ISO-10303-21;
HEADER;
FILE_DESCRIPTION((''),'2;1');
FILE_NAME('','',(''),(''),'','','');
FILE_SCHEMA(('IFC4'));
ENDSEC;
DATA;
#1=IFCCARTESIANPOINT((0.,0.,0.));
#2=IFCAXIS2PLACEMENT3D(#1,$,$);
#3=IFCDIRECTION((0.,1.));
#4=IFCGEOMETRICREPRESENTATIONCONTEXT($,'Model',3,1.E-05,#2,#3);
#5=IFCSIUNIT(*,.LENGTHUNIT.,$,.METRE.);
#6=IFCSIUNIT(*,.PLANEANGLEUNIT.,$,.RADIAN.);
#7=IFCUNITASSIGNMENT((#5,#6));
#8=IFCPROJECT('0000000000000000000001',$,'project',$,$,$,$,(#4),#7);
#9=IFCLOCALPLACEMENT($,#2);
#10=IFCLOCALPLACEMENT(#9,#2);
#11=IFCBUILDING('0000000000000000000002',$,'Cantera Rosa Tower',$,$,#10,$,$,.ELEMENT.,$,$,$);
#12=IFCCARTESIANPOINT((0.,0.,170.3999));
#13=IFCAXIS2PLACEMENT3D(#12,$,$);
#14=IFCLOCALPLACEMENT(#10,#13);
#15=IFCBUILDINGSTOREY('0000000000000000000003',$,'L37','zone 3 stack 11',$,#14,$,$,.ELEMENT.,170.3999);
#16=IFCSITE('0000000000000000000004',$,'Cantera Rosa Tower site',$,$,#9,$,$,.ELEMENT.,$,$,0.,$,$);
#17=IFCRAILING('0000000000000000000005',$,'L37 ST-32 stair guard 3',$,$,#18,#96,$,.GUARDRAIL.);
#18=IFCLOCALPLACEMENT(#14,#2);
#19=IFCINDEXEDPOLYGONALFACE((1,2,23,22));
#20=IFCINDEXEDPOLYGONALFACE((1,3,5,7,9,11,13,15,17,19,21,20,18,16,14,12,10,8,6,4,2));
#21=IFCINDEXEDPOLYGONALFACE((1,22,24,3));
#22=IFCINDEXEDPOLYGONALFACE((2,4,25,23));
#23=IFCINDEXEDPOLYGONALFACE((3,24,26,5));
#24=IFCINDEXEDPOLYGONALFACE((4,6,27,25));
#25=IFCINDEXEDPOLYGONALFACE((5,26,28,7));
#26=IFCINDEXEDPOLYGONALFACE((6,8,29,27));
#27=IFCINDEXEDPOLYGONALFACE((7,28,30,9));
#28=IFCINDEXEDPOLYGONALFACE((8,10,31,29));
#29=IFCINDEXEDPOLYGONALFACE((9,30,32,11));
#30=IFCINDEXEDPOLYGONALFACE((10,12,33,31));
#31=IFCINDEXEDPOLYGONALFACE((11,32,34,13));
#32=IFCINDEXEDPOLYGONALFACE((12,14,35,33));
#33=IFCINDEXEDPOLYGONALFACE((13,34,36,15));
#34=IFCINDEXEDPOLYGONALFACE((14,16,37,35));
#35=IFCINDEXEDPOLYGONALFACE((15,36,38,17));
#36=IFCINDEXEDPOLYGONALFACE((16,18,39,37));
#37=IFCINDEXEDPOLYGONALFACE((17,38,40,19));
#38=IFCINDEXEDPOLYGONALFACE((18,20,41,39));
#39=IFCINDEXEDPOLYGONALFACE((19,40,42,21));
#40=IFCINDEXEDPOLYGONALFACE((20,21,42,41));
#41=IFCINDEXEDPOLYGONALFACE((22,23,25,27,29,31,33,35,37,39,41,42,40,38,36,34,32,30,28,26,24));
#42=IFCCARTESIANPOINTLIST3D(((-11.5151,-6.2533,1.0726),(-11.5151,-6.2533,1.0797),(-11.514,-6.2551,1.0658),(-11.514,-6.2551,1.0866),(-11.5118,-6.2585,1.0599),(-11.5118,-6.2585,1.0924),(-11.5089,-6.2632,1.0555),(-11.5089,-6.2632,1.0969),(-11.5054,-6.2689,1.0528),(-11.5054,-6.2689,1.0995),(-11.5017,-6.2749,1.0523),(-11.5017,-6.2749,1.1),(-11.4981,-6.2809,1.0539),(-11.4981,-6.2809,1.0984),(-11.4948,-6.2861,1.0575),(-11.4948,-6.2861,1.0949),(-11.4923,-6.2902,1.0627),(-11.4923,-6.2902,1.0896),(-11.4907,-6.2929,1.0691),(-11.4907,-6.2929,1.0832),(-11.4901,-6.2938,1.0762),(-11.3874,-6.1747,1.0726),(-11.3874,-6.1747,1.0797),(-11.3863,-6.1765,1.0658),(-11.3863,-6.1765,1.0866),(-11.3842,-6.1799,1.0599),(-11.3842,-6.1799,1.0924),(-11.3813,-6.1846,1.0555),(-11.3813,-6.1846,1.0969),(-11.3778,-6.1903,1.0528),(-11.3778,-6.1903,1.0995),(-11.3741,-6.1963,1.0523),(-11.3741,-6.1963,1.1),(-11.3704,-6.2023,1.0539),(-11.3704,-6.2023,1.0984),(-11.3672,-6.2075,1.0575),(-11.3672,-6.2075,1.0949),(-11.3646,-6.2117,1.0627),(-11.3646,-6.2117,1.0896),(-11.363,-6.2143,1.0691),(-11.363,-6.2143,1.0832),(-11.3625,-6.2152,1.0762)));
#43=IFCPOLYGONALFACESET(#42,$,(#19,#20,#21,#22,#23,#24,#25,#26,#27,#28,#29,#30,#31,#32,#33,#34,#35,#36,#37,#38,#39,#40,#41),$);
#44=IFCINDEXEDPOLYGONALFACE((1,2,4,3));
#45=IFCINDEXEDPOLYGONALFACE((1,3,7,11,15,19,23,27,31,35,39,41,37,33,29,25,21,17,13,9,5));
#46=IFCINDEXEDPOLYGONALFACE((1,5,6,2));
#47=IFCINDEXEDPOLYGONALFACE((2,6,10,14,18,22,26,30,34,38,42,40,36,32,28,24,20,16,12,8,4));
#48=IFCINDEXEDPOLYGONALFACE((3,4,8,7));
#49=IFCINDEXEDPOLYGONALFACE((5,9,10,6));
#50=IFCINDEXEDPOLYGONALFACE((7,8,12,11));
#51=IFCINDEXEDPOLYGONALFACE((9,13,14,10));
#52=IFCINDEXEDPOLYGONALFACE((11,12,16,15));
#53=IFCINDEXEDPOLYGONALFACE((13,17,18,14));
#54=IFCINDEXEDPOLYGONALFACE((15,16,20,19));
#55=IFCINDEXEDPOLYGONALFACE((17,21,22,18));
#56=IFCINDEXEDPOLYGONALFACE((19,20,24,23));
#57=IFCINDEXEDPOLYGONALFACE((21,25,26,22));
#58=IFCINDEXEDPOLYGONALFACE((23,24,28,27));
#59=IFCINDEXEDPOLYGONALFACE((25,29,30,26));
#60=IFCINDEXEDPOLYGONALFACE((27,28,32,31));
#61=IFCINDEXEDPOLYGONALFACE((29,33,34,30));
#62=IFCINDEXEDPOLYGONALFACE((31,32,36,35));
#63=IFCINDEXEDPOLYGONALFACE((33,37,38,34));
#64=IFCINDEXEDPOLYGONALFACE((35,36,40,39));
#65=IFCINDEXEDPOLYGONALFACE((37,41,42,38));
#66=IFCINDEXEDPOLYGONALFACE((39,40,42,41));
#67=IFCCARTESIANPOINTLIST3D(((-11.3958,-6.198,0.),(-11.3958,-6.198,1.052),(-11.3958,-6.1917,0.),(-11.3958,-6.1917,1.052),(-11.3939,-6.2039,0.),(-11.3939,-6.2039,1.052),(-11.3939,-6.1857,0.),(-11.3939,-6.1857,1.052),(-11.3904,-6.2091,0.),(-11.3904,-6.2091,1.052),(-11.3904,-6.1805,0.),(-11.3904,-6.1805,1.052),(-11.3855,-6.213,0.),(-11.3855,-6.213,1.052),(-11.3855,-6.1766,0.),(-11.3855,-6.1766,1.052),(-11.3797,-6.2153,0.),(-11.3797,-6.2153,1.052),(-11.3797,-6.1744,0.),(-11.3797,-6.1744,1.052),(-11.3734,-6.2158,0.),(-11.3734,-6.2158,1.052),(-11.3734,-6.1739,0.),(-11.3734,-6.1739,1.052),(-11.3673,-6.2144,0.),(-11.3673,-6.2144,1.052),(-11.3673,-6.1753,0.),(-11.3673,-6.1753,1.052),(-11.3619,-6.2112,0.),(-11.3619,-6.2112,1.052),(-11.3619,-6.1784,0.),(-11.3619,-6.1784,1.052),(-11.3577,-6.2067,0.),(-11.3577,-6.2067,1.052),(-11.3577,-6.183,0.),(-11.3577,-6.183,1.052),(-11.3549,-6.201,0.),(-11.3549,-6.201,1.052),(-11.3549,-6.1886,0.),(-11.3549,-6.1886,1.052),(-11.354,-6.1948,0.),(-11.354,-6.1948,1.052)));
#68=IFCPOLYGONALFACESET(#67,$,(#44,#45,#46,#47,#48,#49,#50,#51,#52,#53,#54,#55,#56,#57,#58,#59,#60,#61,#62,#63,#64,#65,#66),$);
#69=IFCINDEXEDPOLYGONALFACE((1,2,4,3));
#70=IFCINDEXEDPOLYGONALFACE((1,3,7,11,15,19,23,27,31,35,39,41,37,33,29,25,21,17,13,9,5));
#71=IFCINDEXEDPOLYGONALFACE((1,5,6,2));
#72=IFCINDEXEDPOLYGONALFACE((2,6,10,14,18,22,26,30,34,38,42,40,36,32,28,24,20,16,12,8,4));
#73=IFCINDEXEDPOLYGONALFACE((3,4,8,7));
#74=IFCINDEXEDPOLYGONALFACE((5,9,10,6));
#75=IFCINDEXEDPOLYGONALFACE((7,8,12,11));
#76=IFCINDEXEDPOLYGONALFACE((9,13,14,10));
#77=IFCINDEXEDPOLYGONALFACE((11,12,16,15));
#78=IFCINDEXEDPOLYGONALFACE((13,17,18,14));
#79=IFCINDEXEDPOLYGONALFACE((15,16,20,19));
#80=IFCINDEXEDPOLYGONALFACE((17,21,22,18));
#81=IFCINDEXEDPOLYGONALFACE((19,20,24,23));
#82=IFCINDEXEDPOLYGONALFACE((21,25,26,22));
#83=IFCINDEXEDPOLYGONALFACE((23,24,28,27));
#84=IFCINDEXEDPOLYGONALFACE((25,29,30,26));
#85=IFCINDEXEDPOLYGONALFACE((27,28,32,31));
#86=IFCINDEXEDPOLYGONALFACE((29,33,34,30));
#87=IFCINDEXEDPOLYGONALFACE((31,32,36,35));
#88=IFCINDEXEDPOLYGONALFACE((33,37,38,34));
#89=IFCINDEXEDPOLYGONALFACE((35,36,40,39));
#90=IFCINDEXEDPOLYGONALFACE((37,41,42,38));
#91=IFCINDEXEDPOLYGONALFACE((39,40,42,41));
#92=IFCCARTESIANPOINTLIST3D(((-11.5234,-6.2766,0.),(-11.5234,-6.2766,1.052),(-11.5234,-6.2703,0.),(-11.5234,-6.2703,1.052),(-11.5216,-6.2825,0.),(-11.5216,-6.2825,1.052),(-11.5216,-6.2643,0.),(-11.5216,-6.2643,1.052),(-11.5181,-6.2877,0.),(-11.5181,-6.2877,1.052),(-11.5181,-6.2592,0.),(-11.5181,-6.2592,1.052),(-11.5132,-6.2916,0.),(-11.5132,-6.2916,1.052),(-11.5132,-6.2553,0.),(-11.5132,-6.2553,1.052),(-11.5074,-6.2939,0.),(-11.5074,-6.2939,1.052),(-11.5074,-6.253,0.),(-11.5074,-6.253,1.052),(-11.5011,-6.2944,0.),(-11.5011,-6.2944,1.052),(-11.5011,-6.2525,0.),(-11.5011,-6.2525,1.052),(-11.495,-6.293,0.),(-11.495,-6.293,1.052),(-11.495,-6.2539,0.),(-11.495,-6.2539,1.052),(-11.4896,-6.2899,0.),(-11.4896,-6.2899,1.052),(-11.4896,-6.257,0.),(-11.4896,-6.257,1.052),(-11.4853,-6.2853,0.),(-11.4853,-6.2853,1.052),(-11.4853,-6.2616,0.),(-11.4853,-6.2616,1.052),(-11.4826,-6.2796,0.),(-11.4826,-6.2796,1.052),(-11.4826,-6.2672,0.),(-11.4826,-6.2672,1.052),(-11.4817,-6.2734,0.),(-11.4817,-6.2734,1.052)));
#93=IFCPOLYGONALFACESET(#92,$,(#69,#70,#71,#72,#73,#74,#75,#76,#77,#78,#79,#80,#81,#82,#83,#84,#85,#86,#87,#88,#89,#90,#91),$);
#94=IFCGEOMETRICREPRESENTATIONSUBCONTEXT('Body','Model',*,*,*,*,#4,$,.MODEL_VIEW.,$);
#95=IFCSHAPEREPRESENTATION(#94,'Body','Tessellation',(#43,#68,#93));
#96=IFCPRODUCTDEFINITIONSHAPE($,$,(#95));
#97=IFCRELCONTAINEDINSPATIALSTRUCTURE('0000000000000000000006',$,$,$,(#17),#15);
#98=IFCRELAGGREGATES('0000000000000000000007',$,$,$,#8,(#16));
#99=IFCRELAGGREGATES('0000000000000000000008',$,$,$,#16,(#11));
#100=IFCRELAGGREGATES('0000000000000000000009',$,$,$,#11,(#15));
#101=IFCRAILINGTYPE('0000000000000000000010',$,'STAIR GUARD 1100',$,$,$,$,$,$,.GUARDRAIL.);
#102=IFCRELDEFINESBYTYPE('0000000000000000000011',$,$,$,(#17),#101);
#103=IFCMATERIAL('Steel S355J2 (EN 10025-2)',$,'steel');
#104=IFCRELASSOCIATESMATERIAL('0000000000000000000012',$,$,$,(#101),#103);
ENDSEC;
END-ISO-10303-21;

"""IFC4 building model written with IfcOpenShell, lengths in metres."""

from ifc_helpers import new_model, si_unit, direction, frame, origin, origin_2d, place, context, subcontext, project, spatial, circle, extrude, material, type_object, element, save


model = new_model("IFC4")

# Units and contexts
model_context = context("Model", 3, precision=1e-05, world=origin(), true_north=direction((0.0, 1.0)))
body_context = subcontext(model_context, "Body", "Model", "MODEL_VIEW")
ifc_project = project(units=[si_unit("LENGTHUNIT", "METRE"), si_unit("PLANEANGLEUNIT", "RADIAN")], contexts=[model_context])

# Site, building, storey
site_placement = place(None, origin())
site = spatial("IfcSite", under=ifc_project, at=site_placement, Name="Cantera Rosa Tower site", CompositionType="ELEMENT", RefElevation=0.0)
building_placement = place(site_placement, origin())
building = spatial("IfcBuilding", under=site, at=building_placement, Name="Cantera Rosa Tower", CompositionType="ELEMENT")
storey_placement = place(building_placement, frame((0.0, 0.0, 170.3999)))
storey = spatial("IfcBuildingStorey", under=building, at=storey_placement, Name="L37", Description="zone 3 stack 11", CompositionType="ELEMENT", Elevation=170.3999)

# Railing
ifc_material_1 = material(Name="Steel S355J2 (EN 10025-2)", Category="steel")
railing_type_1 = type_object("IfcRailingType", Name="STAIR GUARD 1100", PredefinedType="GUARDRAIL", material=ifc_material_1)
railing_1_placement = place(storey_placement, frame((-11.375, -6.1948, 0.0)))
element("IfcRailing", 1, at=railing_1_placement, inside=storey, type_object=railing_type_1, Name="L37 ST-32 stair guard 3", PredefinedType="GUARDRAIL", context=body_context, shape_type="SweptSolid", body=[
    extrude(circle(Radius=0.0239, at=origin_2d()), frame((0.0, 0.0, 1.0762), z_axis=(-0.851546, -0.524279, 0.0), x_axis=(0.524279, -0.851546, 0.0)), (0.0, 0.0, 1.0), 0.1499),
    extrude(circle(Radius=0.021, at=origin_2d()), origin(), (0.0, 0.0, 1.0), 1.052),
    extrude(circle(Radius=0.021, at=origin_2d()), frame((-0.1277, -0.0786, 0.0)), (0.0, 0.0, 1.0), 1.052),
])

save(model, "model.ifc")
